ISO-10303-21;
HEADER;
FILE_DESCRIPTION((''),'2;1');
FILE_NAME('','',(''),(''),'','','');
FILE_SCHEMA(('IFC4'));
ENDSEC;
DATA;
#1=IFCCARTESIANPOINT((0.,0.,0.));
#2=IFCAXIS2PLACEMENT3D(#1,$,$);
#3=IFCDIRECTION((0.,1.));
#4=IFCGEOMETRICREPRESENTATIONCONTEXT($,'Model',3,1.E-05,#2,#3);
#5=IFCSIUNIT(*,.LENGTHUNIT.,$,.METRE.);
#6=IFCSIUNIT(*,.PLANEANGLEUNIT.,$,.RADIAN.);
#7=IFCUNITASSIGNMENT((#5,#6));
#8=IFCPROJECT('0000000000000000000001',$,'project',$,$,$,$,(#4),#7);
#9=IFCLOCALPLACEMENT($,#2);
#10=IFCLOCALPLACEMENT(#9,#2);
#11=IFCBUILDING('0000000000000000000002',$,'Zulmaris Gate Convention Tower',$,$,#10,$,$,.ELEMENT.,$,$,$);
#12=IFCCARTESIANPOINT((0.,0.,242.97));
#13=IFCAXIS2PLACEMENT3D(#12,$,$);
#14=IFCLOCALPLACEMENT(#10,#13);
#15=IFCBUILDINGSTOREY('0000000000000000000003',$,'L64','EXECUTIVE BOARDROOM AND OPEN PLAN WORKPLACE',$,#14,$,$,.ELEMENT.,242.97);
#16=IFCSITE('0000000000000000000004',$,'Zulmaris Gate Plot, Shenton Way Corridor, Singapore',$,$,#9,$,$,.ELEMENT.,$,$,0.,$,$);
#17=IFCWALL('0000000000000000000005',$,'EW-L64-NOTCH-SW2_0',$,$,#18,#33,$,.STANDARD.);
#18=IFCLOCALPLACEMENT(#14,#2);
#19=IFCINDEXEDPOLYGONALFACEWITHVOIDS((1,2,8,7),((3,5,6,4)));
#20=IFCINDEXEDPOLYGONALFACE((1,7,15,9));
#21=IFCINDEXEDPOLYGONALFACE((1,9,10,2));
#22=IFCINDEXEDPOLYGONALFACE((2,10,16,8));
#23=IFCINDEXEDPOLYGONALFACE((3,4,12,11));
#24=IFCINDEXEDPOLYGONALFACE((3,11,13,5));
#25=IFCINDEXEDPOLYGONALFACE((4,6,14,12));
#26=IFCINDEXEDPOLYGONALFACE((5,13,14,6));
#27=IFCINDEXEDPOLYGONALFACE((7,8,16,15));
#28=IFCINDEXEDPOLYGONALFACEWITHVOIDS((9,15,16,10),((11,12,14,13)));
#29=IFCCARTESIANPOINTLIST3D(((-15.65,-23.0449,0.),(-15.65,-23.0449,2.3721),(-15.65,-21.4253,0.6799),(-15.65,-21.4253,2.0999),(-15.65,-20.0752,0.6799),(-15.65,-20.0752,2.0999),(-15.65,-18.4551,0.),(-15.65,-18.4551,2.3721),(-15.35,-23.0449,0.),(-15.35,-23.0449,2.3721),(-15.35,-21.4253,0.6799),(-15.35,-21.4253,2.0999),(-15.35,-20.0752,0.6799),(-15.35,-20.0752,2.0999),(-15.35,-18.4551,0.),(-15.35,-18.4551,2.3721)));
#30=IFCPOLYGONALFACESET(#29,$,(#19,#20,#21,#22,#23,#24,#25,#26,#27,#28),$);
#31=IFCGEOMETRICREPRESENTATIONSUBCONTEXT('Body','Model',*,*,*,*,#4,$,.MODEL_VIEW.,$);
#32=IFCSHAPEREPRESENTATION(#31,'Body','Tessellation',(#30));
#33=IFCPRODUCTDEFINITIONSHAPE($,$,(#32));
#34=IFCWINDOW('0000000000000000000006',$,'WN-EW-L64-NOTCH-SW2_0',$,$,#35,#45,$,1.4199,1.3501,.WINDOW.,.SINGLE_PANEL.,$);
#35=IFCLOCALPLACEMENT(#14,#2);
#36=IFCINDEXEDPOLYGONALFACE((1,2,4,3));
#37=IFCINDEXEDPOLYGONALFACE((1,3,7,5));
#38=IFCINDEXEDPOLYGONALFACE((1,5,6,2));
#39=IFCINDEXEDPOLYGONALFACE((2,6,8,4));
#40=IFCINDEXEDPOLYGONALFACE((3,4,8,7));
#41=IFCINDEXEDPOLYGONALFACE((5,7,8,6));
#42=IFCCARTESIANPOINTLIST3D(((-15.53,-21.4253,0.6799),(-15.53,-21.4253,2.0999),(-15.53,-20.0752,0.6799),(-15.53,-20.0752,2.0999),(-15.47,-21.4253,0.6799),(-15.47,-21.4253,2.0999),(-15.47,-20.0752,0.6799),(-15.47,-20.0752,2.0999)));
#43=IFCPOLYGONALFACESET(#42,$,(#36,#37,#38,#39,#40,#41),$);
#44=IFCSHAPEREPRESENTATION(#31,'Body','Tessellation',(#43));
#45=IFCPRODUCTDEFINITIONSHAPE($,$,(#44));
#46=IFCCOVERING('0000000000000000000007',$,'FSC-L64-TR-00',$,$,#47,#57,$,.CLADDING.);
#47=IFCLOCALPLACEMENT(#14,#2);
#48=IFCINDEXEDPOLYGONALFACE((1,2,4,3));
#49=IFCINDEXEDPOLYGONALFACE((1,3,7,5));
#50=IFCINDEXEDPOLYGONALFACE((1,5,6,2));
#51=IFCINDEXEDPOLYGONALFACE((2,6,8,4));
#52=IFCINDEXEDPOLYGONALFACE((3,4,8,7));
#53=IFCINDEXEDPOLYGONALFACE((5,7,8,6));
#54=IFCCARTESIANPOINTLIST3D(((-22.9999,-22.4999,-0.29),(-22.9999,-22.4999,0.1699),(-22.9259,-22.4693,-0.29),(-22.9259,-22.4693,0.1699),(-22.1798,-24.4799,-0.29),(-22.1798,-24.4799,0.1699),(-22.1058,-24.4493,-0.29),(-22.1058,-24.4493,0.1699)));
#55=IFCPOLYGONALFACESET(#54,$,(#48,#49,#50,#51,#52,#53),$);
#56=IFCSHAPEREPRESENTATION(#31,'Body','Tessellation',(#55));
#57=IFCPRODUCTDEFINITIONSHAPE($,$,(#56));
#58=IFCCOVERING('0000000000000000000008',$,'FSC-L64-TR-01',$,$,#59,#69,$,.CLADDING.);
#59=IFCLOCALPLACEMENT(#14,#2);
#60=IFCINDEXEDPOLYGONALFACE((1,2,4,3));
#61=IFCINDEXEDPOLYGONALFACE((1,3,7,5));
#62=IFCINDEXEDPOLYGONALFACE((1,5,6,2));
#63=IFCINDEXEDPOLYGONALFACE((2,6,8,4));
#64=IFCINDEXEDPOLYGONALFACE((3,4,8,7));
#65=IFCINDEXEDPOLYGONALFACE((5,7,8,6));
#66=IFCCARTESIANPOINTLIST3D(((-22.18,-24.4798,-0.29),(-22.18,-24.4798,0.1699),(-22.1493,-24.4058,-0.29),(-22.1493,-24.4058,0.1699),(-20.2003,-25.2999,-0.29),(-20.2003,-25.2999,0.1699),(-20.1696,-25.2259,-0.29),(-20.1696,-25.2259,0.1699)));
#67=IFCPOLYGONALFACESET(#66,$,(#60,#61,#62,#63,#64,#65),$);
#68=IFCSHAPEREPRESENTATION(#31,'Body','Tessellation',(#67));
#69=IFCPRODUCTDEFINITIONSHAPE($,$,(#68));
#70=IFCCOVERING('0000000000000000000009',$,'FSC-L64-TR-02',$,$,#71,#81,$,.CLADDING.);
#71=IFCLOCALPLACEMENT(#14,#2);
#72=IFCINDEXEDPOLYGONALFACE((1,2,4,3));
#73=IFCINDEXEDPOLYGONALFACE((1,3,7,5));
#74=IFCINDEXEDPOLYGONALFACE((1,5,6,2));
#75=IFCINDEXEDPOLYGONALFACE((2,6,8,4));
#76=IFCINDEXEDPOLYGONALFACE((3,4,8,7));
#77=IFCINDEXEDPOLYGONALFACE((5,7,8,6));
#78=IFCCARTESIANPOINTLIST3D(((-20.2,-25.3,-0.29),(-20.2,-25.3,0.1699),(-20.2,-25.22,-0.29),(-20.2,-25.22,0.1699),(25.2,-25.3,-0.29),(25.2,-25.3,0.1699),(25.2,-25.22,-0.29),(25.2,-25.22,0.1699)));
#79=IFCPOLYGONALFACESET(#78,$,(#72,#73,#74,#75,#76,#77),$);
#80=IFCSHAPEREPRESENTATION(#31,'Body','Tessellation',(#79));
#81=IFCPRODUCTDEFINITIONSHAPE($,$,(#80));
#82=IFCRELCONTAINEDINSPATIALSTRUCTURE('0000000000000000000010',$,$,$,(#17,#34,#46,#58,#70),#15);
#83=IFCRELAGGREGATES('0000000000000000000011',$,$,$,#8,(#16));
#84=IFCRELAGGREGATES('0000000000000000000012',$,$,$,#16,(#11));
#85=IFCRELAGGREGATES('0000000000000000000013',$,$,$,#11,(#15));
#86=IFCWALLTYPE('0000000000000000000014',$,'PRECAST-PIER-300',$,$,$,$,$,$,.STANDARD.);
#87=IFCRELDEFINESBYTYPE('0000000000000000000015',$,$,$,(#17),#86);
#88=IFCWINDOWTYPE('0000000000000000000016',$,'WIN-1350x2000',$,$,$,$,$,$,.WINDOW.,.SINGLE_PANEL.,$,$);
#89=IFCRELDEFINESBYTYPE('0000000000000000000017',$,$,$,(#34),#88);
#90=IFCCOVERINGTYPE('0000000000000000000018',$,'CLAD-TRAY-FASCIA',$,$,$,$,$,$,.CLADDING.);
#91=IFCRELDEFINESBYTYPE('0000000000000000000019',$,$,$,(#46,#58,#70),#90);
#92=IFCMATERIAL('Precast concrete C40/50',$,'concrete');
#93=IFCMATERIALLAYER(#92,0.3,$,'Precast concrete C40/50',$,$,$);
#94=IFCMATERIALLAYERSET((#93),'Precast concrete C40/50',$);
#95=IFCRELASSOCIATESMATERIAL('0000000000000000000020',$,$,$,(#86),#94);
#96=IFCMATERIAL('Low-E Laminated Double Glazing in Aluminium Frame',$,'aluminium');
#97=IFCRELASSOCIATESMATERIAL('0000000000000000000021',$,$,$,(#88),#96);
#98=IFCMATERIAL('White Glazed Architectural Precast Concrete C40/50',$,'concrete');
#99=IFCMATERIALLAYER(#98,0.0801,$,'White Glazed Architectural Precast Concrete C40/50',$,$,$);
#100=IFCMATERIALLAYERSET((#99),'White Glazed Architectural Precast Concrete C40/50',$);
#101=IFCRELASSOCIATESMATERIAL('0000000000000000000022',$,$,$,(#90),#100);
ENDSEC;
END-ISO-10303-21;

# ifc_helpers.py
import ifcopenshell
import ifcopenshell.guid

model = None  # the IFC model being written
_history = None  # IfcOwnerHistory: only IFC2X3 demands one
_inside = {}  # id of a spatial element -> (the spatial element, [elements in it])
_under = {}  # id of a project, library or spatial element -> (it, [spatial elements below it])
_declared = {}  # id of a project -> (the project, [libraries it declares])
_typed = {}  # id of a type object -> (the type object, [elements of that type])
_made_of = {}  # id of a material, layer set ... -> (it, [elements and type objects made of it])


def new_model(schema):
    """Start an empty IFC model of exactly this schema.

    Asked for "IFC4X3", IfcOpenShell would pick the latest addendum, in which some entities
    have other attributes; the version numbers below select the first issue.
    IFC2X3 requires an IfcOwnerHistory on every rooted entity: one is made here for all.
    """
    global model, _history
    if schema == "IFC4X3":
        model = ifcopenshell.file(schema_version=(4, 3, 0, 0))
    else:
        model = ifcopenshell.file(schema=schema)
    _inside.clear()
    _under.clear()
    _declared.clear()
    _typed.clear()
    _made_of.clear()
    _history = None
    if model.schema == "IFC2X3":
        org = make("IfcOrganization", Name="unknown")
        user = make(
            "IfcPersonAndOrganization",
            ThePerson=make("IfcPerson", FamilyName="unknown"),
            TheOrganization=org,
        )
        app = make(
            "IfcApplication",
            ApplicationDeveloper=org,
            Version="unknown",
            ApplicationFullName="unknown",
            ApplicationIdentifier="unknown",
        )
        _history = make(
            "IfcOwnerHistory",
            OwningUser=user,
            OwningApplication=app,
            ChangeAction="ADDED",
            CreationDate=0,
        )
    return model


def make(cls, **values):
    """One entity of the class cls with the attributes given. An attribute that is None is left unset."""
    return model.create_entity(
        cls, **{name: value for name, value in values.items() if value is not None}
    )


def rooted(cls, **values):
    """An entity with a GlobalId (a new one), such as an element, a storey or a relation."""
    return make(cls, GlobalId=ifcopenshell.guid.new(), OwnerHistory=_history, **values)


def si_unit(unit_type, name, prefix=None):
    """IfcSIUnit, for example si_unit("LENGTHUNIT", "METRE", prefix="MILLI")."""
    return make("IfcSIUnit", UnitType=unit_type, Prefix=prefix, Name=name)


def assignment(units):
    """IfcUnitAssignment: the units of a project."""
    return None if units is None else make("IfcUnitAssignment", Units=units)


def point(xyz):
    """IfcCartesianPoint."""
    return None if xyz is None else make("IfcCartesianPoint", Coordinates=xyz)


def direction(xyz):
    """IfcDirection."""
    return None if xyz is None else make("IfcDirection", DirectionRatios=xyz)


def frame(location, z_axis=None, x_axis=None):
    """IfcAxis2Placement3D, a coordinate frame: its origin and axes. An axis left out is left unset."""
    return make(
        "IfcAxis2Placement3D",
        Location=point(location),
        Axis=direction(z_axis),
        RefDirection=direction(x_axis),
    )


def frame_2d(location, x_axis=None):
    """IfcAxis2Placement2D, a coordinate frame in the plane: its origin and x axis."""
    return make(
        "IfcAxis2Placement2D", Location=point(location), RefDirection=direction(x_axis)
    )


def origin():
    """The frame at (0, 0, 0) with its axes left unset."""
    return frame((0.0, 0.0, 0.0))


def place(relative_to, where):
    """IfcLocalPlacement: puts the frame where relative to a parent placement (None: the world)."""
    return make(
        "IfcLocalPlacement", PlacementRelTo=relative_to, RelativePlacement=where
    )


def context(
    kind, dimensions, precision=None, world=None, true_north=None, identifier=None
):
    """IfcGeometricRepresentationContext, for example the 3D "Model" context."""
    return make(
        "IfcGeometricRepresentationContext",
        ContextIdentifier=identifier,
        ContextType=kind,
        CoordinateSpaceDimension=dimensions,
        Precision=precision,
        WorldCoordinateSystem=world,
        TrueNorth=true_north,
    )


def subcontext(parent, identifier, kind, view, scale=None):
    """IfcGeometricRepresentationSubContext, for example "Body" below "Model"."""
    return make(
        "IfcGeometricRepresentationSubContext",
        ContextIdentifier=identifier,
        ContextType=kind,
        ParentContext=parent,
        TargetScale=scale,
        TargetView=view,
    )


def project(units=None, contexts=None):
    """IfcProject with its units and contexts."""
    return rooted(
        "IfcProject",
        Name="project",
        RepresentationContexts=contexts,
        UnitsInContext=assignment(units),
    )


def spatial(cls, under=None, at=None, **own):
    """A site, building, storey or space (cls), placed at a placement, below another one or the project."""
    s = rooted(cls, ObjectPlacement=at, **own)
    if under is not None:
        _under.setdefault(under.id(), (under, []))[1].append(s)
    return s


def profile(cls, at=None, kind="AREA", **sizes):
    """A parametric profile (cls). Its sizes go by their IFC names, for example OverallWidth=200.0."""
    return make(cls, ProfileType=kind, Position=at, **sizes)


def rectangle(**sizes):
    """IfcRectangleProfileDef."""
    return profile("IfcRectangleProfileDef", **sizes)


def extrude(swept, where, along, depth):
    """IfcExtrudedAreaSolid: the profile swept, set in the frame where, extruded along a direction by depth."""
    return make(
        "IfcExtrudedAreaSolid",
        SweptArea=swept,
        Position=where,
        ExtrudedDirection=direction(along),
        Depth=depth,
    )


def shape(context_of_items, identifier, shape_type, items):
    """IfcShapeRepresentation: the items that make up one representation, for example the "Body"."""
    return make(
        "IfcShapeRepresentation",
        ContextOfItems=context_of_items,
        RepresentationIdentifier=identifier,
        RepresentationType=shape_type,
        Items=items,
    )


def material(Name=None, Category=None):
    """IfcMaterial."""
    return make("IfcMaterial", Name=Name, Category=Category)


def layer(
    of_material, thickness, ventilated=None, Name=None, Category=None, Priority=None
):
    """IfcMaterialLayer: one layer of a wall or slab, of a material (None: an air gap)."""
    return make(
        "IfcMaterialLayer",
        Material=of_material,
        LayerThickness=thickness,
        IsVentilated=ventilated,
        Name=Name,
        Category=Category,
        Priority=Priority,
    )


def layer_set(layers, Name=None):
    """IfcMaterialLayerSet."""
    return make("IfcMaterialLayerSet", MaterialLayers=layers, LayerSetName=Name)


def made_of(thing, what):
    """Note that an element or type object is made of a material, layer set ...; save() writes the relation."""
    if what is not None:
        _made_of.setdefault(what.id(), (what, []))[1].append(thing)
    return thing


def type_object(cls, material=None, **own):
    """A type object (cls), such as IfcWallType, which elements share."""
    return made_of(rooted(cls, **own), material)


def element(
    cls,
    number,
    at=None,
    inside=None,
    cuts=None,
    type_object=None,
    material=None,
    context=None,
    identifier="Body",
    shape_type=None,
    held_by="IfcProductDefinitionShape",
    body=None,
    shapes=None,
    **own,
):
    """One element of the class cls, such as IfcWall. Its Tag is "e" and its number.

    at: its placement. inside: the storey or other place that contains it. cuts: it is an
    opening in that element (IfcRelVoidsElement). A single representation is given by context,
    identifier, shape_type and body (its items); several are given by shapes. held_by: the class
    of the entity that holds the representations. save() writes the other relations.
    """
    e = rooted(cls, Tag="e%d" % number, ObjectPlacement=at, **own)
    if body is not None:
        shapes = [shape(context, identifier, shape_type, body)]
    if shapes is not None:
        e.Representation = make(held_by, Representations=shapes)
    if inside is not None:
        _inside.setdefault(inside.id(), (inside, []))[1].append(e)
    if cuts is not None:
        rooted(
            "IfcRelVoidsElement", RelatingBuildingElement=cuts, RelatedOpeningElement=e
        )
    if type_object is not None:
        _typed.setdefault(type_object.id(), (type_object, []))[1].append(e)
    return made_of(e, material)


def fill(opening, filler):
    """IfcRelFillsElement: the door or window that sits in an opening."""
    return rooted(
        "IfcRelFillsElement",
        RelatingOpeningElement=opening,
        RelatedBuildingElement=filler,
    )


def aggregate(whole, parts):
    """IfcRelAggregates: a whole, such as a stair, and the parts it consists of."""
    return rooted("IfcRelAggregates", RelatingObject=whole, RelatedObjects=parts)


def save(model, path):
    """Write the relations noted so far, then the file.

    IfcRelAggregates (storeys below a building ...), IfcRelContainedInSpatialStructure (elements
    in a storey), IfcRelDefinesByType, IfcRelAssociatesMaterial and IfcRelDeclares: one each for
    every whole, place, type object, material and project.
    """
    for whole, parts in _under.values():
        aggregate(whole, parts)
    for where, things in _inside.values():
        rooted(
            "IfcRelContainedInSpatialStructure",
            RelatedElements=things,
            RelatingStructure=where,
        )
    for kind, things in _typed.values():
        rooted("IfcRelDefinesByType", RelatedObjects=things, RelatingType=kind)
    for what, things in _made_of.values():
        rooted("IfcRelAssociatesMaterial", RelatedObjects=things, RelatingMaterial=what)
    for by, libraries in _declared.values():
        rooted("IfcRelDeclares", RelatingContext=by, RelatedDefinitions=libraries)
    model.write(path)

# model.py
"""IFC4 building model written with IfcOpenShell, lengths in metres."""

from ifc_helpers import new_model, si_unit, direction, frame, frame_2d, origin, place, context, subcontext, project, spatial, rectangle, extrude, material, layer, layer_set, type_object, element, fill, save


model = new_model("IFC4")

# Units and contexts
model_context = context("Model", 3, precision=1e-05, world=origin(), true_north=direction((0.0, 1.0)))
body_context = subcontext(model_context, "Body", "Model", "MODEL_VIEW")
ifc_project = project(units=[si_unit("LENGTHUNIT", "METRE"), si_unit("PLANEANGLEUNIT", "RADIAN")], contexts=[model_context])

# Site, building, storey
site_placement = place(None, origin())
site = spatial("IfcSite", under=ifc_project, at=site_placement, Name="Zulmaris Gate Plot, Shenton Way Corridor, Singapore", CompositionType="ELEMENT", RefElevation=0.0)
building_placement = place(site_placement, origin())
building = spatial("IfcBuilding", under=site, at=building_placement, Name="Zulmaris Gate Convention Tower", CompositionType="ELEMENT")
storey_placement = place(building_placement, frame((0.0, 0.0, 242.97)))
storey = spatial("IfcBuildingStorey", under=building, at=storey_placement, Name="L64", Description="EXECUTIVE BOARDROOM AND OPEN PLAN WORKPLACE", CompositionType="ELEMENT", Elevation=242.97)

# Wall, opening, window
ifc_material_1 = material(Name="Precast concrete C40/50", Category="concrete")
ifc_layer_1 = layer(ifc_material_1, 0.3, Name="Precast concrete C40/50")
ifc_layer_set_1 = layer_set([ifc_layer_1], Name="Precast concrete C40/50")
wall_type_1 = type_object("IfcWallType", Name="PRECAST-PIER-300", PredefinedType="STANDARD", material=ifc_layer_set_1)
ifc_material_2 = material(Name="Low-E Laminated Double Glazing in Aluminium Frame", Category="aluminium")
window_type = type_object("IfcWindowType", Name="WIN-1350x2000", PartitioningType="SINGLE_PANEL", PredefinedType="WINDOW", material=ifc_material_2)
wall_1_placement = place(storey_placement, frame((-15.5, -18.4551, 0.0), z_axis=(0.0, 0.0, 1.0), x_axis=(0.0, -1.0, 0.0)))
wall_1 = element("IfcWall", 1, at=wall_1_placement, inside=storey, type_object=wall_type_1, Name="EW-L64-NOTCH-SW2_0", PredefinedType="STANDARD", context=body_context, shape_type="SweptSolid", body=[
    extrude(rectangle(XDim=4.5898, YDim=0.3, at=frame_2d((2.2949, 0.0))), origin(), (0.0, 0.0, 1.0), 2.3721),
])
opening_1_placement = place(wall_1_placement, frame((1.6201, 0.0, 0.6799)))
opening_1 = element("IfcOpeningElement", 2, at=opening_1_placement, cuts=wall_1, PredefinedType="OPENING", context=body_context, shape_type="SweptSolid", body=[
    extrude(rectangle(XDim=1.3501, YDim=1.4199, at=frame_2d((0.675, 0.71))), frame((0.0, 0.1602, 0.0), z_axis=(0.0, -1.0, 0.0), x_axis=(1.0, 0.0, 0.0)), (0.0, 0.0, 1.0), 0.3201),
])
window_1_placement = place(opening_1_placement, origin())
window_1 = element("IfcWindow", 3, at=window_1_placement, inside=storey, type_object=window_type, Name="WN-EW-L64-NOTCH-SW2_0", OverallHeight=1.4199, OverallWidth=1.3501, PartitioningType="SINGLE_PANEL", PredefinedType="WINDOW", context=body_context, shape_type="SweptSolid", body=[
    extrude(rectangle(XDim=1.3501, YDim=1.4199, at=frame_2d((0.675, 0.71))), frame((0.0, 0.03, 0.0), z_axis=(0.0, -1.0, 0.0), x_axis=(1.0, 0.0, 0.0)), (0.0, 0.0, 1.0), 0.0601),
])
fill(opening_1, window_1)

# Coverings
ifc_material_3 = material(Name="White Glazed Architectural Precast Concrete C40/50", Category="concrete")
ifc_layer_2 = layer(ifc_material_3, 0.0801, Name="White Glazed Architectural Precast Concrete C40/50")
ifc_layer_set_2 = layer_set([ifc_layer_2], Name="White Glazed Architectural Precast Concrete C40/50")
covering_type = type_object("IfcCoveringType", Name="CLAD-TRAY-FASCIA", PredefinedType="CLADDING", material=ifc_layer_set_2)
covering_1_placement = place(storey_placement, frame((-22.9629, -22.4846, -0.29), z_axis=(0.0, 0.0, 1.0), x_axis=(0.382657, -0.92389, 0.0)))
element("IfcCovering", 4, at=covering_1_placement, inside=storey, type_object=covering_type, Name="FSC-L64-TR-00", PredefinedType="CLADDING", context=body_context, shape_type="SweptSolid", body=[
    extrude(rectangle(XDim=2.1431, YDim=0.0801, at=frame_2d((1.0715, 0.0))), origin(), (0.0, 0.0, 1.0), 0.46),
])
covering_2_placement = place(storey_placement, frame((-22.1646, -24.4429, -0.29), z_axis=(0.0, 0.0, 1.0), x_axis=(0.923874, -0.382697, 0.0)))
element("IfcCovering", 5, at=covering_2_placement, inside=storey, type_object=covering_type, Name="FSC-L64-TR-01", PredefinedType="CLADDING", context=body_context, shape_type="SweptSolid", body=[
    extrude(rectangle(XDim=2.1428, YDim=0.0801, at=frame_2d((1.0713, 0.0))), origin(), (0.0, 0.0, 1.0), 0.46),
])
covering_3_placement = place(storey_placement, frame((-20.2, -25.26, -0.29), z_axis=(0.0, 0.0, 1.0), x_axis=(1.0, 0.0, 0.0)))
element("IfcCovering", 6, at=covering_3_placement, inside=storey, type_object=covering_type, Name="FSC-L64-TR-02", PredefinedType="CLADDING", context=body_context, shape_type="SweptSolid", body=[
    extrude(rectangle(XDim=45.3999, YDim=0.0801, at=frame_2d((22.7, 0.0))), origin(), (0.0, 0.0, 1.0), 0.46),
])

save(model, "model.ifc")
